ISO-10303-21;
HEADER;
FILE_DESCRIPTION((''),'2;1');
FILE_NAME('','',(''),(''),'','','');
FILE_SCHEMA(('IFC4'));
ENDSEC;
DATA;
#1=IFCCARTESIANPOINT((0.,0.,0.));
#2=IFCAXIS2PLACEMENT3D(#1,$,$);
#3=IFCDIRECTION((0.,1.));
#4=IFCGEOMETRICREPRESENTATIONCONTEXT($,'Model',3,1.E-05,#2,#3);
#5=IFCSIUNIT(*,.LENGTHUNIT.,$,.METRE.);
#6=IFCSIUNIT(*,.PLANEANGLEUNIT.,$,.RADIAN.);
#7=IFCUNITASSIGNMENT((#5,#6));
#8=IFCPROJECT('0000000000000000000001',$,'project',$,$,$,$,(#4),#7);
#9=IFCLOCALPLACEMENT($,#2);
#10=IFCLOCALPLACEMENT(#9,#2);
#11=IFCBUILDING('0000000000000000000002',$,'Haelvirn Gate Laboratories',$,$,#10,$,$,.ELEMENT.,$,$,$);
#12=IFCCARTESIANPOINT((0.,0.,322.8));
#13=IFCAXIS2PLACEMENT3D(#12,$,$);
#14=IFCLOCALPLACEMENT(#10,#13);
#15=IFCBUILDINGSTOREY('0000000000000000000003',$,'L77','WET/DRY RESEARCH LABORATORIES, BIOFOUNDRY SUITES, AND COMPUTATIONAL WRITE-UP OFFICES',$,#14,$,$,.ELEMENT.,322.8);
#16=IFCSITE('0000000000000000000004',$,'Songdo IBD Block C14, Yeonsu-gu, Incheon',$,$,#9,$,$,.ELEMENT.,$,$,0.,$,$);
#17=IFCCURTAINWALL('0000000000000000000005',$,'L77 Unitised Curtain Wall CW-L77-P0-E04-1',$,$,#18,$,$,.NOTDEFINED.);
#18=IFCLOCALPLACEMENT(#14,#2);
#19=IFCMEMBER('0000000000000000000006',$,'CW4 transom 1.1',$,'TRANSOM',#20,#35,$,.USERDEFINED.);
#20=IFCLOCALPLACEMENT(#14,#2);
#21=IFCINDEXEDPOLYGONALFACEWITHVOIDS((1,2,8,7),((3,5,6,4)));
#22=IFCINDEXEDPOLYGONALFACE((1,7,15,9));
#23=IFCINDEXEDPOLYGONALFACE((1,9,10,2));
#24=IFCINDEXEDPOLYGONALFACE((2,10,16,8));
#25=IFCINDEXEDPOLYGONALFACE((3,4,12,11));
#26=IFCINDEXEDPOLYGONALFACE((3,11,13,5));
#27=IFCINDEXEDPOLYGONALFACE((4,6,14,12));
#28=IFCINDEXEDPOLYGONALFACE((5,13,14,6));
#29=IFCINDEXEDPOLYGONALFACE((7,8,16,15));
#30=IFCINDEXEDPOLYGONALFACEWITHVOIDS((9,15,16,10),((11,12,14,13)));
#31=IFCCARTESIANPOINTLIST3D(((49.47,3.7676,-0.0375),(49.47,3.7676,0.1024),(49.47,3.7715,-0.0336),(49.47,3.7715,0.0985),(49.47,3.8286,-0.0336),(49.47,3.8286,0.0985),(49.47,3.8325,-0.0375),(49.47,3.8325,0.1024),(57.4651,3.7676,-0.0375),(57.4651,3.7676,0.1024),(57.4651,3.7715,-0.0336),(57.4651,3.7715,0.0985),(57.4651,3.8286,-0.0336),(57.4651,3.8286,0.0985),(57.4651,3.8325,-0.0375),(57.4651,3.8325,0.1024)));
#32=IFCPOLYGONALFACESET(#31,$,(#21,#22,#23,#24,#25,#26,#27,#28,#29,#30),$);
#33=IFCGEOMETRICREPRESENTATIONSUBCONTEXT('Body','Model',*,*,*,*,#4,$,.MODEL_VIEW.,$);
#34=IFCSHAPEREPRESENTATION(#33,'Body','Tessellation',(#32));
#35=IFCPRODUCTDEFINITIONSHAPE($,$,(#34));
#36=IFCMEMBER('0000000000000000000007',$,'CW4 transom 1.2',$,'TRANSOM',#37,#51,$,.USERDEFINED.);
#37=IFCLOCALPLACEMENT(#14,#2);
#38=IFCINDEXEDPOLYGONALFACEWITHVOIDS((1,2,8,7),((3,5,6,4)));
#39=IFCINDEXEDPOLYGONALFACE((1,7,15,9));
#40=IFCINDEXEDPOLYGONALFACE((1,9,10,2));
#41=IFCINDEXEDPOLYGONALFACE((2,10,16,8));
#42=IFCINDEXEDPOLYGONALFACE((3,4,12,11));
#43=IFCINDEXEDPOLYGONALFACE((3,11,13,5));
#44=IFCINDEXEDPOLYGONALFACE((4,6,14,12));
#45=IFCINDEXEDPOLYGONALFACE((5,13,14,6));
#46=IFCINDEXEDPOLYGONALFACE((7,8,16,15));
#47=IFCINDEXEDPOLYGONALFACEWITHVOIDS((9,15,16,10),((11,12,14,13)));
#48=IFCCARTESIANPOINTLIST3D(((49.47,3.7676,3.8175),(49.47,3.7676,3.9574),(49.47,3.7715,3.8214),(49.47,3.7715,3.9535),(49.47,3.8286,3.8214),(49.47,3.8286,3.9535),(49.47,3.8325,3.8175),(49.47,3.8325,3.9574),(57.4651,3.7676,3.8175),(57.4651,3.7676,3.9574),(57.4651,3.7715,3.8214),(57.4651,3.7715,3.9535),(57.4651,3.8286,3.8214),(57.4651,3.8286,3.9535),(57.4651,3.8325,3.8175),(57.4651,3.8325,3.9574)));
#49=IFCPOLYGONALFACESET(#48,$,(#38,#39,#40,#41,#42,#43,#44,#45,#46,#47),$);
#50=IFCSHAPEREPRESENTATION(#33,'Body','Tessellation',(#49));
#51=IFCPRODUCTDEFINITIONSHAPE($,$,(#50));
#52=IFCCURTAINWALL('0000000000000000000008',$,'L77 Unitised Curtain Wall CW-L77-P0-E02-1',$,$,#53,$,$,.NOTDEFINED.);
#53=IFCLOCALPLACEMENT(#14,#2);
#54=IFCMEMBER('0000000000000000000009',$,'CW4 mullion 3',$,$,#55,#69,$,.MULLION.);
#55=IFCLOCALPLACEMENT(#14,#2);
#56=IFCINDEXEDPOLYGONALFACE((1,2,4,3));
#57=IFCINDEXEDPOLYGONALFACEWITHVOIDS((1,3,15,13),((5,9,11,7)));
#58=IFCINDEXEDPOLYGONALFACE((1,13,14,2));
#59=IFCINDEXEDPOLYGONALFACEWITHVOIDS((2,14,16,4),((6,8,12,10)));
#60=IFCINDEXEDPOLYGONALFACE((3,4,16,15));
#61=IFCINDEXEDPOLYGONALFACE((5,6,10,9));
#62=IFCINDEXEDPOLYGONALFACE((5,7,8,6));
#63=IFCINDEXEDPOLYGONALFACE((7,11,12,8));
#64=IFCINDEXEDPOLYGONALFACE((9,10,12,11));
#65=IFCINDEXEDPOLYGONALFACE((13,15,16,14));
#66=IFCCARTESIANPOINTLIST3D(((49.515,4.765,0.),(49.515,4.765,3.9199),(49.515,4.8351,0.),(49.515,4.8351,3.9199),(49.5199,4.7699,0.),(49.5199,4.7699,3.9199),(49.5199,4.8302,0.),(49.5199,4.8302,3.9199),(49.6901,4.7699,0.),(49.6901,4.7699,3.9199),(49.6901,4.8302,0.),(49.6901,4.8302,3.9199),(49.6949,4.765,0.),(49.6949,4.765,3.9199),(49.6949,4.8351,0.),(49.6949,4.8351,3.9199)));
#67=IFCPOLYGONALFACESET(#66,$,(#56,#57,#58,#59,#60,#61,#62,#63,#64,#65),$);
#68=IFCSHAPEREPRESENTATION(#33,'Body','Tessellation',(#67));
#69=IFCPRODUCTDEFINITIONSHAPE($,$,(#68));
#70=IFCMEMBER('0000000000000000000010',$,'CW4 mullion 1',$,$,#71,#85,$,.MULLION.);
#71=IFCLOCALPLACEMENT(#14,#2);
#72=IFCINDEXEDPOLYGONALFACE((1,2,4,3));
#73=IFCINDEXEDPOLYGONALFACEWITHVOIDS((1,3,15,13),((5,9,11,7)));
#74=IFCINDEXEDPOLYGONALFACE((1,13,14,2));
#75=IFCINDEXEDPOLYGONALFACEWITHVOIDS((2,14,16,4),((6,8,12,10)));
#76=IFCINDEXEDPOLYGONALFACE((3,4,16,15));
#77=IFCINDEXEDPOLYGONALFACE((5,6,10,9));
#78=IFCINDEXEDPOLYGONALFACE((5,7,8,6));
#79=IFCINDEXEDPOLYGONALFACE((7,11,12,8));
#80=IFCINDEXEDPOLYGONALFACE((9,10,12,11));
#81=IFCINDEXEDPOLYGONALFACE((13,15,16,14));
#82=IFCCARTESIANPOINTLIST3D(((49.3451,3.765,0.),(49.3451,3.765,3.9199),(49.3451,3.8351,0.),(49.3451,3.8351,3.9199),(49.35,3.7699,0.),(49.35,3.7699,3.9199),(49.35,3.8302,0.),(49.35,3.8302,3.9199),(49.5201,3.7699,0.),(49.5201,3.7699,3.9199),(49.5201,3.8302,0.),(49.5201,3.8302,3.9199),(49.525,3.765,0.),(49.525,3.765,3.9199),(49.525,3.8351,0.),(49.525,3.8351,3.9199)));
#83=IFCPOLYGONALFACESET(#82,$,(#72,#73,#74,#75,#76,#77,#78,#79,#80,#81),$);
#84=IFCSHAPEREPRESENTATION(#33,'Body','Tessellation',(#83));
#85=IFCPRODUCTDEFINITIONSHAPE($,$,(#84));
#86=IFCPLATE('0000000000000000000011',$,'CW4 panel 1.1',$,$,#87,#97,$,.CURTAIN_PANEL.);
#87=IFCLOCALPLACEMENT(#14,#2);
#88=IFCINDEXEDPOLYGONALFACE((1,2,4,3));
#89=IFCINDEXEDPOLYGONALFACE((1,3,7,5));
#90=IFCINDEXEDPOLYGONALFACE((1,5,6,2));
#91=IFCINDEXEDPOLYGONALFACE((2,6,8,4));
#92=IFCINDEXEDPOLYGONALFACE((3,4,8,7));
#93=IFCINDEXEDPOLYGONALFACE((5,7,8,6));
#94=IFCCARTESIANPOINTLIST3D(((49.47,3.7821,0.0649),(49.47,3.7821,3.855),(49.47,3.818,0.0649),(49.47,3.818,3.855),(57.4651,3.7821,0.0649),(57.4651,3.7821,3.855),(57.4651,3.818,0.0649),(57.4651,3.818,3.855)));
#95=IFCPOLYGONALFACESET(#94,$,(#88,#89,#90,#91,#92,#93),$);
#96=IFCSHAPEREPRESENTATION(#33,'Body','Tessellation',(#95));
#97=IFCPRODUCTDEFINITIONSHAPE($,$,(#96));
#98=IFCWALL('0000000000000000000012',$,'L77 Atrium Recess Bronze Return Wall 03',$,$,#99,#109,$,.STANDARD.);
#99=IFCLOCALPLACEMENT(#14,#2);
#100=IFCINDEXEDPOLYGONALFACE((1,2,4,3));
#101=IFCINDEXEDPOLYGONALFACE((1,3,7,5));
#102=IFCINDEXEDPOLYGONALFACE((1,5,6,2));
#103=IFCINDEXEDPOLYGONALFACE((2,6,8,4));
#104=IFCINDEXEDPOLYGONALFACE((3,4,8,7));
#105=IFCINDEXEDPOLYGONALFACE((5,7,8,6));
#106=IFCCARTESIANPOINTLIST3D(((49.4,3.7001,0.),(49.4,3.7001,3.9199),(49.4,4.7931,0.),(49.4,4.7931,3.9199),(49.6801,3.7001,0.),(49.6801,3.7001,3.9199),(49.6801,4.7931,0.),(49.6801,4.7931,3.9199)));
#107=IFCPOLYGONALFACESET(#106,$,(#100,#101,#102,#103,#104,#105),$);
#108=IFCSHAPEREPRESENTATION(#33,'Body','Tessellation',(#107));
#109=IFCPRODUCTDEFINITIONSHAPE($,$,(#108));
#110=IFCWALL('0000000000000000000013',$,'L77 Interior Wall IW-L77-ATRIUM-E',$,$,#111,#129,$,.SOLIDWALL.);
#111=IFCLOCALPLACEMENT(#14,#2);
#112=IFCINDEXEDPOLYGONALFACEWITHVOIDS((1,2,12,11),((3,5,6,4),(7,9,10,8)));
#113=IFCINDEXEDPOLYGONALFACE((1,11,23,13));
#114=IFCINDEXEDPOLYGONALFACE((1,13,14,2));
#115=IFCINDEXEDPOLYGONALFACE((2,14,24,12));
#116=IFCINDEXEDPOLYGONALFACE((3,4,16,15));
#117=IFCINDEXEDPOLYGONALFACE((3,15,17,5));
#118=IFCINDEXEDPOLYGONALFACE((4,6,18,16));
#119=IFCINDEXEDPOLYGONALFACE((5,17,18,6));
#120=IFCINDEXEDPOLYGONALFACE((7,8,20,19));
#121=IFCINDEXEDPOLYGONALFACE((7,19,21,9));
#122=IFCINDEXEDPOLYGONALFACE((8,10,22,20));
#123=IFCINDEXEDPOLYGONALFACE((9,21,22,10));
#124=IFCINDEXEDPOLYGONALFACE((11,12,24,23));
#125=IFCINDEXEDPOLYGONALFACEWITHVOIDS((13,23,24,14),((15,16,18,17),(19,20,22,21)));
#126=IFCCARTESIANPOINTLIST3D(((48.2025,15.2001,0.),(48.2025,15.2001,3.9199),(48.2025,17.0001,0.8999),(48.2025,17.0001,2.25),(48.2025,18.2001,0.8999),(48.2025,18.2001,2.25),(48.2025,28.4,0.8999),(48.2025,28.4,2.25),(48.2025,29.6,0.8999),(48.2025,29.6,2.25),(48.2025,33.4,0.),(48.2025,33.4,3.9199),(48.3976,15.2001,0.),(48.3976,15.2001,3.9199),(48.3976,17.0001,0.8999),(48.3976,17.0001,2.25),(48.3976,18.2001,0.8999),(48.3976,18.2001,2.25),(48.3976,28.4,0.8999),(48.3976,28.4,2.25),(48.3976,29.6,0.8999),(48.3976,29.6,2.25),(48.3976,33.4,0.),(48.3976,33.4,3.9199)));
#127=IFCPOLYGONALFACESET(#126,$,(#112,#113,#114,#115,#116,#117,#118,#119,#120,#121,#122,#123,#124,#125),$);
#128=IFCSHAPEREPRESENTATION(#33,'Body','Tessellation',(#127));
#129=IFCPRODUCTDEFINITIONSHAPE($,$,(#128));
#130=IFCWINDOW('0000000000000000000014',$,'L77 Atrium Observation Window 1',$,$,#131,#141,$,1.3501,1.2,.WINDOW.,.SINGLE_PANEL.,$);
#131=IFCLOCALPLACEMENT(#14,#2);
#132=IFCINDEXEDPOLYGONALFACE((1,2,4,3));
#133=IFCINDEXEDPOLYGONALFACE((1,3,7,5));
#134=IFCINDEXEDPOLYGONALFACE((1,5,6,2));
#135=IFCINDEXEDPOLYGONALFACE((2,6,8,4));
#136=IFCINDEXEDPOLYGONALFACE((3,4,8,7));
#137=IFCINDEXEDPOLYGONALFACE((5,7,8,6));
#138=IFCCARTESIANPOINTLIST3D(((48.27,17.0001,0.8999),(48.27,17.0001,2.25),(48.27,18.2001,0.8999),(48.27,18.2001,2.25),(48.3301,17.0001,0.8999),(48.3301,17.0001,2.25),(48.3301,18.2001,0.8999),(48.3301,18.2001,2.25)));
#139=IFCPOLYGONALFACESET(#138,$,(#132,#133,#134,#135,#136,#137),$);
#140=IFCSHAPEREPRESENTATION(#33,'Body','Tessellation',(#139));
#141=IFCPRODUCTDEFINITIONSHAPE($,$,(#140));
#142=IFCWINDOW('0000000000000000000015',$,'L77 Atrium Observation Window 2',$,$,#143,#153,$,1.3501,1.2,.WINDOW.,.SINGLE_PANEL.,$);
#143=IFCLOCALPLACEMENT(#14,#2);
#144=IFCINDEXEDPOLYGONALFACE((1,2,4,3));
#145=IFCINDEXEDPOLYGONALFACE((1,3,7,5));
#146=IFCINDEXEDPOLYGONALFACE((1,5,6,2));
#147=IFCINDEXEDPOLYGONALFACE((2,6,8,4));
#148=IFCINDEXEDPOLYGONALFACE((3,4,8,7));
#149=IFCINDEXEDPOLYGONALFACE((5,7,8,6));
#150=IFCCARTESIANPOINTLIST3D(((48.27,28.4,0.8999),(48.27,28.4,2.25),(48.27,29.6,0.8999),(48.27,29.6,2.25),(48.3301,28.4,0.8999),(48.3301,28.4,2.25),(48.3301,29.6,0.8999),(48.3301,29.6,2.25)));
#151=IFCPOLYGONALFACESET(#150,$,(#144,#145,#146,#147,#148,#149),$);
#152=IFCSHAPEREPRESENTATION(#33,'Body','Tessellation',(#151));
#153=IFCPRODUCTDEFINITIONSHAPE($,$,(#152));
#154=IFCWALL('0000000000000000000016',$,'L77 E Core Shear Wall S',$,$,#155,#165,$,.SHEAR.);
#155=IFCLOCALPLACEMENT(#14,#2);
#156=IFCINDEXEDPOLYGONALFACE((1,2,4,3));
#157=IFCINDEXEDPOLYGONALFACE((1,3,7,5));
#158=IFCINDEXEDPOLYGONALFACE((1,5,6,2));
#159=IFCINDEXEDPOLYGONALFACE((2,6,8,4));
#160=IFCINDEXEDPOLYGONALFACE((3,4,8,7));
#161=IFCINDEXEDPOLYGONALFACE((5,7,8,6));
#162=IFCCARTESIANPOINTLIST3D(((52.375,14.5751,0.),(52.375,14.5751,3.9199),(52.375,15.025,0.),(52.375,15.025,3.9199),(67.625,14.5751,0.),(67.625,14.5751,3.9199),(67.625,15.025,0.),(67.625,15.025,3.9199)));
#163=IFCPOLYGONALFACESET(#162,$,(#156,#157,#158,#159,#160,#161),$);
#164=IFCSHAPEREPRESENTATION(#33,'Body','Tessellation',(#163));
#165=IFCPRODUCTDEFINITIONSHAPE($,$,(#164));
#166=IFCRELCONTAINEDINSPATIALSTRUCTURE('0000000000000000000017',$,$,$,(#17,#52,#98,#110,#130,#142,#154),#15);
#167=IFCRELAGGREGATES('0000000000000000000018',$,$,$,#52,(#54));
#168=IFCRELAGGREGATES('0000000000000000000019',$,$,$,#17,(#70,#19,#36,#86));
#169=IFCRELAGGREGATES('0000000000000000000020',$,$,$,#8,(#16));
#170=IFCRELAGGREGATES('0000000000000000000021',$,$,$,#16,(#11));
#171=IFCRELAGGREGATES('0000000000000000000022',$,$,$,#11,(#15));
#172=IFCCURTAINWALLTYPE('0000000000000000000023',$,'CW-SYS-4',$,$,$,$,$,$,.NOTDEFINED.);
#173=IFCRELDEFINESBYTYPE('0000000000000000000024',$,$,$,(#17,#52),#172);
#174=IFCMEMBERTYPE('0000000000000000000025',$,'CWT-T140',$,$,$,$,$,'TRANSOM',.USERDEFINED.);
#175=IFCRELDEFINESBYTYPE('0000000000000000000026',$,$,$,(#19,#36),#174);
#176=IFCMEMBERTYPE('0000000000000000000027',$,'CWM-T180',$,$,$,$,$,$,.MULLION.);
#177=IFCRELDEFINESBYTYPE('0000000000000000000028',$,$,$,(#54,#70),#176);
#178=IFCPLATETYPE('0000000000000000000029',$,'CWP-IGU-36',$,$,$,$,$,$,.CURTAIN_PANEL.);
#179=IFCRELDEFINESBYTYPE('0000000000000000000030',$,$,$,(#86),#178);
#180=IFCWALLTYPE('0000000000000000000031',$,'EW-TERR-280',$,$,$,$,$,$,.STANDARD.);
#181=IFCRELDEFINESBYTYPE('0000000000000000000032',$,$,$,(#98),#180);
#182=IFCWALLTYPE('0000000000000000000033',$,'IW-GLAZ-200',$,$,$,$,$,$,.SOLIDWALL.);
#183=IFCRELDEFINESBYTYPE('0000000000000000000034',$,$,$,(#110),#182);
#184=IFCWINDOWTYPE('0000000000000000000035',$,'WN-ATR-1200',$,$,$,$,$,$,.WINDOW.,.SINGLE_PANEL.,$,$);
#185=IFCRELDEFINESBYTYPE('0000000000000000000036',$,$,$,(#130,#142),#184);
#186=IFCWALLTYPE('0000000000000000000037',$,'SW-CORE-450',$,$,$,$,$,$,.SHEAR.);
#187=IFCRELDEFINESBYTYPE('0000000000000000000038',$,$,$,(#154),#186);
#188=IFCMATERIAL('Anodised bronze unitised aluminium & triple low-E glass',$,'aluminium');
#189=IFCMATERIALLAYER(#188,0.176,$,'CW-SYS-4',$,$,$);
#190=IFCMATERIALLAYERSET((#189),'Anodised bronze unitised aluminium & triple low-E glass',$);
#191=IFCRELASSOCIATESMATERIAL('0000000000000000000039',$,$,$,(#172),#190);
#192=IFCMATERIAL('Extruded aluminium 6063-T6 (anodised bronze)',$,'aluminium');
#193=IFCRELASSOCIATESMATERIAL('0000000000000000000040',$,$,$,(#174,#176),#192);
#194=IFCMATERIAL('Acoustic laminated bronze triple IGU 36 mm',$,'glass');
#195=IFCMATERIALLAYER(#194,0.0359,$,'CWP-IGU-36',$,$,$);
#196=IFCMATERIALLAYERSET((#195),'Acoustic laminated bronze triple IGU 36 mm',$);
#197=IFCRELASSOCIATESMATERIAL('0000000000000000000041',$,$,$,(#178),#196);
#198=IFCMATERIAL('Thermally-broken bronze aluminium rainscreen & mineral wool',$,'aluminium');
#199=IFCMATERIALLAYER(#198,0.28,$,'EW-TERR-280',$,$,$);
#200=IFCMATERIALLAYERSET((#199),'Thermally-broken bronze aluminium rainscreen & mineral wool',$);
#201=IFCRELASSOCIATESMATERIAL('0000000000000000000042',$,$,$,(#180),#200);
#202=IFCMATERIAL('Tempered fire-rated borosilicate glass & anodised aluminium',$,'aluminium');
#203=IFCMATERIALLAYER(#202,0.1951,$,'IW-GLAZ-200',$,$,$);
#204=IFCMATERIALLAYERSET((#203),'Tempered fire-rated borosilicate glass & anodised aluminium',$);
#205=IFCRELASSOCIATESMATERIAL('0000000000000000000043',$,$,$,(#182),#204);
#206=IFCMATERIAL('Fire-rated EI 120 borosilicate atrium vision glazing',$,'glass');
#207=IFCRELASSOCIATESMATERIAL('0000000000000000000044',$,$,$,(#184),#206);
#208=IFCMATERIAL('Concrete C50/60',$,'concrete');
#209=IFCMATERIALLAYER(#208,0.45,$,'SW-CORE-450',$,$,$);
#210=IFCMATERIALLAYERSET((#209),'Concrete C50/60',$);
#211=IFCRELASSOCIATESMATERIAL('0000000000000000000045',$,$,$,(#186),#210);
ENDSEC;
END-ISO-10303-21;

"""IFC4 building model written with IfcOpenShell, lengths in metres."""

from ifc_helpers import new_model, si_unit, direction, frame, frame_2d, origin, origin_2d, place, context, subcontext, project, spatial, rectangle, hollow_rectangle, extrude, source, transform, mapped, material, layer, layer_set, material_profile, profile_set, type_object, type_shapes, element, fill, aggregate, save


model = new_model("IFC4")

# Units and contexts
model_context = context("Model", 3, precision=1e-05, world=origin(), true_north=direction((0.0, 1.0)))
body_context = subcontext(model_context, "Body", "Model", "MODEL_VIEW")
ifc_project = project(units=[si_unit("LENGTHUNIT", "METRE"), si_unit("PLANEANGLEUNIT", "RADIAN")], contexts=[model_context])

# Site, building, storey
site_placement = place(None, origin())
site = spatial("IfcSite", under=ifc_project, at=site_placement, Name="Songdo IBD Block C14, Yeonsu-gu, Incheon", CompositionType="ELEMENT", RefElevation=0.0)
building_placement = place(site_placement, origin())
building = spatial("IfcBuilding", under=site, at=building_placement, Name="Haelvirn Gate Laboratories", CompositionType="ELEMENT")
storey_placement = place(building_placement, frame((0.0, 0.0, 322.8)))
storey = spatial("IfcBuildingStorey", under=building, at=storey_placement, Name="L77", Description="WET/DRY RESEARCH LABORATORIES, BIOFOUNDRY SUITES, AND COMPUTATIONAL WRITE-UP OFFICES", CompositionType="ELEMENT", Elevation=322.8)

# Shared definitions
ifc_material_1 = material(Name="Concrete C50/60", Category="concrete")

# Curtain wall, members
ifc_material_2 = material(Name="Anodised bronze unitised aluminium & triple low-E glass", Category="aluminium")
ifc_layer_1 = layer(ifc_material_2, 0.176, Name="CW-SYS-4")
ifc_layer_set_1 = layer_set([ifc_layer_1], Name="Anodised bronze unitised aluminium & triple low-E glass")
curtain_wall_type = type_object("IfcCurtainWallType", Name="CW-SYS-4", PredefinedType="NOTDEFINED", material=ifc_layer_set_1)
curtain_wall_1_placement = place(storey_placement, origin())
curtain_wall_1 = element("IfcCurtainWall", 1, at=curtain_wall_1_placement, inside=storey, type_object=curtain_wall_type, Name="L77 Unitised Curtain Wall CW-L77-P0-E04-1", PredefinedType="NOTDEFINED")
ifc_material_3 = material(Name="Extruded aluminium 6063-T6 (anodised bronze)", Category="aluminium")
ifc_material_profile_1 = material_profile(ifc_material_3, hollow_rectangle(XDim=0.0649, YDim=0.1399, WallThickness=0.0039, at=origin_2d()), Name="CWT-140x65x4")
ifc_profile_set_1 = profile_set([ifc_material_profile_1], Name="Extruded aluminium 6063-T6 (anodised bronze)")
member_type_1 = type_object("IfcMemberType", Name="CWT-T140", ElementType="TRANSOM", PredefinedType="USERDEFINED", material=ifc_profile_set_1)
shared_shape_1 = source(origin(), body_context, "Body", "SweptSolid", [
    extrude(hollow_rectangle(XDim=0.0649, YDim=0.1399, WallThickness=0.0039, at=origin_2d()), origin(), (0.0, 0.0, 1.0), 7.9951),
])
type_shapes(member_type_1, [shared_shape_1])
member_1_placement = place(storey_placement, frame((49.47, 3.8, 0.0325), z_axis=(1.0, 0.0, 0.0), x_axis=(0.0, 1.0, 0.0)))
member_1 = element("IfcMember", 2, at=member_1_placement, type_object=member_type_1, Name="CW4 transom 1.1", ObjectType="TRANSOM", PredefinedType="USERDEFINED", context=body_context, shape_type="MappedRepresentation", body=[
    mapped(shared_shape_1, transform((0.0, 0.0, 0.0), scale=1.0)),
])
member_2_placement = place(storey_placement, frame((49.47, 3.8, 3.8875), z_axis=(1.0, 0.0, 0.0), x_axis=(0.0, 1.0, 0.0)))
member_2 = element("IfcMember", 3, at=member_2_placement, type_object=member_type_1, Name="CW4 transom 1.2", ObjectType="TRANSOM", PredefinedType="USERDEFINED", context=body_context, shape_type="MappedRepresentation", body=[
    mapped(shared_shape_1, transform((0.0, 0.0, 0.0), scale=1.0)),
])

# Curtain wall, member
curtain_wall_2_placement = place(storey_placement, origin())
curtain_wall_2 = element("IfcCurtainWall", 4, at=curtain_wall_2_placement, inside=storey, type_object=curtain_wall_type, Name="L77 Unitised Curtain Wall CW-L77-P0-E02-1", PredefinedType="NOTDEFINED")
ifc_material_profile_2 = material_profile(ifc_material_3, hollow_rectangle(XDim=0.0701, YDim=0.1799, WallThickness=0.0049, at=origin_2d()), Name="CWM-180x70x5")
ifc_profile_set_2 = profile_set([ifc_material_profile_2], Name="Extruded aluminium 6063-T6 (anodised bronze)")
member_type_2 = type_object("IfcMemberType", Name="CWM-T180", PredefinedType="MULLION", material=ifc_profile_set_2)
shared_shape_2 = source(origin(), body_context, "Body", "SweptSolid", [
    extrude(hollow_rectangle(XDim=0.0701, YDim=0.1799, WallThickness=0.0049, at=origin_2d()), origin(), (0.0, 0.0, 1.0), 3.9199),
])
type_shapes(member_type_2, [shared_shape_2])
member_3_placement = place(storey_placement, frame((49.605, 4.8, 0.0), z_axis=(0.0, 0.0, 1.0), x_axis=(0.0, 1.0, 0.0)))
member_3 = element("IfcMember", 5, at=member_3_placement, type_object=member_type_2, Name="CW4 mullion 3", PredefinedType="MULLION", context=body_context, shape_type="MappedRepresentation", body=[
    mapped(shared_shape_2, transform((0.0, 0.0, 0.0), scale=1.0)),
])
aggregate(curtain_wall_2, [member_3])

# Member
member_4_placement = place(storey_placement, frame((49.4351, 3.8, 0.0), z_axis=(0.0, 0.0, 1.0), x_axis=(0.0, 1.0, 0.0)))
member_4 = element("IfcMember", 6, at=member_4_placement, type_object=member_type_2, Name="CW4 mullion 1", PredefinedType="MULLION", context=body_context, shape_type="MappedRepresentation", body=[
    mapped(shared_shape_2, transform((0.0, 0.0, 0.0), scale=1.0)),
])

# Plate
ifc_material_4 = material(Name="Acoustic laminated bronze triple IGU 36 mm", Category="glass")
ifc_layer_2 = layer(ifc_material_4, 0.0359, Name="CWP-IGU-36")
ifc_layer_set_2 = layer_set([ifc_layer_2], Name="Acoustic laminated bronze triple IGU 36 mm")
plate_type = type_object("IfcPlateType", Name="CWP-IGU-36", PredefinedType="CURTAIN_PANEL", material=ifc_layer_set_2)
shared_shape_3 = source(origin(), body_context, "Body", "SweptSolid", [
    extrude(rectangle(XDim=7.9951, YDim=0.0359, at=origin_2d()), origin(), (0.0, 0.0, 1.0), 3.79),
])
type_shapes(plate_type, [shared_shape_3])
plate_placement = place(storey_placement, frame((53.4675, 3.8, 0.0649), z_axis=(0.0, 0.0, 1.0), x_axis=(1.0, 0.0, 0.0)))
plate = element("IfcPlate", 7, at=plate_placement, type_object=plate_type, Name="CW4 panel 1.1", PredefinedType="CURTAIN_PANEL", context=body_context, shape_type="MappedRepresentation", body=[
    mapped(shared_shape_3, transform((0.0, 0.0, 0.0), scale=1.0)),
])
aggregate(curtain_wall_1, [member_4, member_1, member_2, plate])

# Wall
ifc_material_5 = material(Name="Thermally-broken bronze aluminium rainscreen & mineral wool", Category="aluminium")
ifc_layer_3 = layer(ifc_material_5, 0.28, Name="EW-TERR-280")
ifc_layer_set_3 = layer_set([ifc_layer_3], Name="Thermally-broken bronze aluminium rainscreen & mineral wool")
wall_type_1 = type_object("IfcWallType", Name="EW-TERR-280", PredefinedType="STANDARD", material=ifc_layer_set_3)
wall_1_placement = place(storey_placement, frame((49.54, 4.793, 0.0), z_axis=(0.0, 0.0, 1.0), x_axis=(0.0, -1.0, 0.0)))
element("IfcWall", 8, at=wall_1_placement, inside=storey, type_object=wall_type_1, Name="L77 Atrium Recess Bronze Return Wall 03", PredefinedType="STANDARD", context=body_context, shape_type="SweptSolid", body=[
    extrude(rectangle(XDim=1.093, YDim=0.28, at=frame_2d((0.5464, 0.0))), origin(), (0.0, 0.0, 1.0), 3.9199),
])

# Wall, openings, windows
ifc_material_6 = material(Name="Tempered fire-rated borosilicate glass & anodised aluminium", Category="aluminium")
ifc_layer_4 = layer(ifc_material_6, 0.1951, Name="IW-GLAZ-200")
ifc_layer_set_4 = layer_set([ifc_layer_4], Name="Tempered fire-rated borosilicate glass & anodised aluminium")
wall_type_2 = type_object("IfcWallType", Name="IW-GLAZ-200", PredefinedType="SOLIDWALL", material=ifc_layer_set_4)
wall_2_placement = place(storey_placement, frame((48.3, 15.2, 0.0), z_axis=(0.0, 0.0, 1.0), x_axis=(0.0, 1.0, 0.0)))
wall_2 = element("IfcWall", 9, at=wall_2_placement, inside=storey, type_object=wall_type_2, Name="L77 Interior Wall IW-L77-ATRIUM-E", PredefinedType="SOLIDWALL", context=body_context, shape_type="SweptSolid", body=[
    extrude(rectangle(XDim=18.2, YDim=0.1951, at=frame_2d((9.1001, 0.0))), origin(), (0.0, 0.0, 1.0), 3.9199),
])
opening_1_placement = place(wall_2_placement, frame((1.8, 0.0, 0.8999)))
opening_1 = element("IfcOpeningElement", 10, at=opening_1_placement, cuts=wall_2, PredefinedType="OPENING", context=body_context, shape_type="SweptSolid", body=[
    extrude(rectangle(XDim=1.2, YDim=1.3501, at=frame_2d((0.6001, 0.675))), frame((0.0, 0.1074, 0.0), z_axis=(0.0, -1.0, 0.0), x_axis=(1.0, 0.0, 0.0)), (0.0, 0.0, 1.0), 0.2151),
])
opening_2_placement = place(wall_2_placement, frame((13.2, 0.0, 0.8999)))
opening_2 = element("IfcOpeningElement", 11, at=opening_2_placement, cuts=wall_2, PredefinedType="OPENING", context=body_context, shape_type="SweptSolid", body=[
    extrude(rectangle(XDim=1.2, YDim=1.3501, at=frame_2d((0.6001, 0.675))), frame((0.0, 0.1074, 0.0), z_axis=(0.0, -1.0, 0.0), x_axis=(1.0, 0.0, 0.0)), (0.0, 0.0, 1.0), 0.2151),
])
ifc_material_7 = material(Name="Fire-rated EI 120 borosilicate atrium vision glazing", Category="glass")
window_type = type_object("IfcWindowType", Name="WN-ATR-1200", PartitioningType="SINGLE_PANEL", PredefinedType="WINDOW", material=ifc_material_7)
shared_shape_4 = source(origin(), body_context, "Body", "SweptSolid", [
    extrude(rectangle(XDim=1.2, YDim=1.3501, at=frame_2d((0.6001, 0.675))), frame((0.0, 0.03, 0.0), z_axis=(0.0, -1.0, 0.0), x_axis=(1.0, 0.0, 0.0)), (0.0, 0.0, 1.0), 0.0601),
])
type_shapes(window_type, [shared_shape_4])
window_1_placement = place(opening_1_placement, origin())
window_1 = element("IfcWindow", 12, at=window_1_placement, inside=storey, type_object=window_type, Name="L77 Atrium Observation Window 1", OverallHeight=1.3501, OverallWidth=1.2, PartitioningType="SINGLE_PANEL", PredefinedType="WINDOW", context=body_context, shape_type="MappedRepresentation", body=[
    mapped(shared_shape_4, transform((0.0, 0.0, 0.0), scale=1.0)),
])
fill(opening_1, window_1)
window_2_placement = place(opening_2_placement, origin())
window_2 = element("IfcWindow", 13, at=window_2_placement, inside=storey, type_object=window_type, Name="L77 Atrium Observation Window 2", OverallHeight=1.3501, OverallWidth=1.2, PartitioningType="SINGLE_PANEL", PredefinedType="WINDOW", context=body_context, shape_type="MappedRepresentation", body=[
    mapped(shared_shape_4, transform((0.0, 0.0, 0.0), scale=1.0)),
])
fill(opening_2, window_2)

# Wall
ifc_layer_5 = layer(ifc_material_1, 0.45, Name="SW-CORE-450")
ifc_layer_set_5 = layer_set([ifc_layer_5], Name="Concrete C50/60")
wall_type_3 = type_object("IfcWallType", Name="SW-CORE-450", PredefinedType="SHEAR", material=ifc_layer_set_5)
wall_3_placement = place(storey_placement, frame((52.375, 14.8, 0.0), z_axis=(0.0, 0.0, 1.0), x_axis=(1.0, 0.0, 0.0)))
element("IfcWall", 14, at=wall_3_placement, inside=storey, type_object=wall_type_3, Name="L77 E Core Shear Wall S", PredefinedType="SHEAR", context=body_context, shape_type="SweptSolid", body=[
    extrude(rectangle(XDim=15.25, YDim=0.45, at=frame_2d((7.625, 0.0))), origin(), (0.0, 0.0, 1.0), 3.9199),
])

save(model, "model.ifc")
